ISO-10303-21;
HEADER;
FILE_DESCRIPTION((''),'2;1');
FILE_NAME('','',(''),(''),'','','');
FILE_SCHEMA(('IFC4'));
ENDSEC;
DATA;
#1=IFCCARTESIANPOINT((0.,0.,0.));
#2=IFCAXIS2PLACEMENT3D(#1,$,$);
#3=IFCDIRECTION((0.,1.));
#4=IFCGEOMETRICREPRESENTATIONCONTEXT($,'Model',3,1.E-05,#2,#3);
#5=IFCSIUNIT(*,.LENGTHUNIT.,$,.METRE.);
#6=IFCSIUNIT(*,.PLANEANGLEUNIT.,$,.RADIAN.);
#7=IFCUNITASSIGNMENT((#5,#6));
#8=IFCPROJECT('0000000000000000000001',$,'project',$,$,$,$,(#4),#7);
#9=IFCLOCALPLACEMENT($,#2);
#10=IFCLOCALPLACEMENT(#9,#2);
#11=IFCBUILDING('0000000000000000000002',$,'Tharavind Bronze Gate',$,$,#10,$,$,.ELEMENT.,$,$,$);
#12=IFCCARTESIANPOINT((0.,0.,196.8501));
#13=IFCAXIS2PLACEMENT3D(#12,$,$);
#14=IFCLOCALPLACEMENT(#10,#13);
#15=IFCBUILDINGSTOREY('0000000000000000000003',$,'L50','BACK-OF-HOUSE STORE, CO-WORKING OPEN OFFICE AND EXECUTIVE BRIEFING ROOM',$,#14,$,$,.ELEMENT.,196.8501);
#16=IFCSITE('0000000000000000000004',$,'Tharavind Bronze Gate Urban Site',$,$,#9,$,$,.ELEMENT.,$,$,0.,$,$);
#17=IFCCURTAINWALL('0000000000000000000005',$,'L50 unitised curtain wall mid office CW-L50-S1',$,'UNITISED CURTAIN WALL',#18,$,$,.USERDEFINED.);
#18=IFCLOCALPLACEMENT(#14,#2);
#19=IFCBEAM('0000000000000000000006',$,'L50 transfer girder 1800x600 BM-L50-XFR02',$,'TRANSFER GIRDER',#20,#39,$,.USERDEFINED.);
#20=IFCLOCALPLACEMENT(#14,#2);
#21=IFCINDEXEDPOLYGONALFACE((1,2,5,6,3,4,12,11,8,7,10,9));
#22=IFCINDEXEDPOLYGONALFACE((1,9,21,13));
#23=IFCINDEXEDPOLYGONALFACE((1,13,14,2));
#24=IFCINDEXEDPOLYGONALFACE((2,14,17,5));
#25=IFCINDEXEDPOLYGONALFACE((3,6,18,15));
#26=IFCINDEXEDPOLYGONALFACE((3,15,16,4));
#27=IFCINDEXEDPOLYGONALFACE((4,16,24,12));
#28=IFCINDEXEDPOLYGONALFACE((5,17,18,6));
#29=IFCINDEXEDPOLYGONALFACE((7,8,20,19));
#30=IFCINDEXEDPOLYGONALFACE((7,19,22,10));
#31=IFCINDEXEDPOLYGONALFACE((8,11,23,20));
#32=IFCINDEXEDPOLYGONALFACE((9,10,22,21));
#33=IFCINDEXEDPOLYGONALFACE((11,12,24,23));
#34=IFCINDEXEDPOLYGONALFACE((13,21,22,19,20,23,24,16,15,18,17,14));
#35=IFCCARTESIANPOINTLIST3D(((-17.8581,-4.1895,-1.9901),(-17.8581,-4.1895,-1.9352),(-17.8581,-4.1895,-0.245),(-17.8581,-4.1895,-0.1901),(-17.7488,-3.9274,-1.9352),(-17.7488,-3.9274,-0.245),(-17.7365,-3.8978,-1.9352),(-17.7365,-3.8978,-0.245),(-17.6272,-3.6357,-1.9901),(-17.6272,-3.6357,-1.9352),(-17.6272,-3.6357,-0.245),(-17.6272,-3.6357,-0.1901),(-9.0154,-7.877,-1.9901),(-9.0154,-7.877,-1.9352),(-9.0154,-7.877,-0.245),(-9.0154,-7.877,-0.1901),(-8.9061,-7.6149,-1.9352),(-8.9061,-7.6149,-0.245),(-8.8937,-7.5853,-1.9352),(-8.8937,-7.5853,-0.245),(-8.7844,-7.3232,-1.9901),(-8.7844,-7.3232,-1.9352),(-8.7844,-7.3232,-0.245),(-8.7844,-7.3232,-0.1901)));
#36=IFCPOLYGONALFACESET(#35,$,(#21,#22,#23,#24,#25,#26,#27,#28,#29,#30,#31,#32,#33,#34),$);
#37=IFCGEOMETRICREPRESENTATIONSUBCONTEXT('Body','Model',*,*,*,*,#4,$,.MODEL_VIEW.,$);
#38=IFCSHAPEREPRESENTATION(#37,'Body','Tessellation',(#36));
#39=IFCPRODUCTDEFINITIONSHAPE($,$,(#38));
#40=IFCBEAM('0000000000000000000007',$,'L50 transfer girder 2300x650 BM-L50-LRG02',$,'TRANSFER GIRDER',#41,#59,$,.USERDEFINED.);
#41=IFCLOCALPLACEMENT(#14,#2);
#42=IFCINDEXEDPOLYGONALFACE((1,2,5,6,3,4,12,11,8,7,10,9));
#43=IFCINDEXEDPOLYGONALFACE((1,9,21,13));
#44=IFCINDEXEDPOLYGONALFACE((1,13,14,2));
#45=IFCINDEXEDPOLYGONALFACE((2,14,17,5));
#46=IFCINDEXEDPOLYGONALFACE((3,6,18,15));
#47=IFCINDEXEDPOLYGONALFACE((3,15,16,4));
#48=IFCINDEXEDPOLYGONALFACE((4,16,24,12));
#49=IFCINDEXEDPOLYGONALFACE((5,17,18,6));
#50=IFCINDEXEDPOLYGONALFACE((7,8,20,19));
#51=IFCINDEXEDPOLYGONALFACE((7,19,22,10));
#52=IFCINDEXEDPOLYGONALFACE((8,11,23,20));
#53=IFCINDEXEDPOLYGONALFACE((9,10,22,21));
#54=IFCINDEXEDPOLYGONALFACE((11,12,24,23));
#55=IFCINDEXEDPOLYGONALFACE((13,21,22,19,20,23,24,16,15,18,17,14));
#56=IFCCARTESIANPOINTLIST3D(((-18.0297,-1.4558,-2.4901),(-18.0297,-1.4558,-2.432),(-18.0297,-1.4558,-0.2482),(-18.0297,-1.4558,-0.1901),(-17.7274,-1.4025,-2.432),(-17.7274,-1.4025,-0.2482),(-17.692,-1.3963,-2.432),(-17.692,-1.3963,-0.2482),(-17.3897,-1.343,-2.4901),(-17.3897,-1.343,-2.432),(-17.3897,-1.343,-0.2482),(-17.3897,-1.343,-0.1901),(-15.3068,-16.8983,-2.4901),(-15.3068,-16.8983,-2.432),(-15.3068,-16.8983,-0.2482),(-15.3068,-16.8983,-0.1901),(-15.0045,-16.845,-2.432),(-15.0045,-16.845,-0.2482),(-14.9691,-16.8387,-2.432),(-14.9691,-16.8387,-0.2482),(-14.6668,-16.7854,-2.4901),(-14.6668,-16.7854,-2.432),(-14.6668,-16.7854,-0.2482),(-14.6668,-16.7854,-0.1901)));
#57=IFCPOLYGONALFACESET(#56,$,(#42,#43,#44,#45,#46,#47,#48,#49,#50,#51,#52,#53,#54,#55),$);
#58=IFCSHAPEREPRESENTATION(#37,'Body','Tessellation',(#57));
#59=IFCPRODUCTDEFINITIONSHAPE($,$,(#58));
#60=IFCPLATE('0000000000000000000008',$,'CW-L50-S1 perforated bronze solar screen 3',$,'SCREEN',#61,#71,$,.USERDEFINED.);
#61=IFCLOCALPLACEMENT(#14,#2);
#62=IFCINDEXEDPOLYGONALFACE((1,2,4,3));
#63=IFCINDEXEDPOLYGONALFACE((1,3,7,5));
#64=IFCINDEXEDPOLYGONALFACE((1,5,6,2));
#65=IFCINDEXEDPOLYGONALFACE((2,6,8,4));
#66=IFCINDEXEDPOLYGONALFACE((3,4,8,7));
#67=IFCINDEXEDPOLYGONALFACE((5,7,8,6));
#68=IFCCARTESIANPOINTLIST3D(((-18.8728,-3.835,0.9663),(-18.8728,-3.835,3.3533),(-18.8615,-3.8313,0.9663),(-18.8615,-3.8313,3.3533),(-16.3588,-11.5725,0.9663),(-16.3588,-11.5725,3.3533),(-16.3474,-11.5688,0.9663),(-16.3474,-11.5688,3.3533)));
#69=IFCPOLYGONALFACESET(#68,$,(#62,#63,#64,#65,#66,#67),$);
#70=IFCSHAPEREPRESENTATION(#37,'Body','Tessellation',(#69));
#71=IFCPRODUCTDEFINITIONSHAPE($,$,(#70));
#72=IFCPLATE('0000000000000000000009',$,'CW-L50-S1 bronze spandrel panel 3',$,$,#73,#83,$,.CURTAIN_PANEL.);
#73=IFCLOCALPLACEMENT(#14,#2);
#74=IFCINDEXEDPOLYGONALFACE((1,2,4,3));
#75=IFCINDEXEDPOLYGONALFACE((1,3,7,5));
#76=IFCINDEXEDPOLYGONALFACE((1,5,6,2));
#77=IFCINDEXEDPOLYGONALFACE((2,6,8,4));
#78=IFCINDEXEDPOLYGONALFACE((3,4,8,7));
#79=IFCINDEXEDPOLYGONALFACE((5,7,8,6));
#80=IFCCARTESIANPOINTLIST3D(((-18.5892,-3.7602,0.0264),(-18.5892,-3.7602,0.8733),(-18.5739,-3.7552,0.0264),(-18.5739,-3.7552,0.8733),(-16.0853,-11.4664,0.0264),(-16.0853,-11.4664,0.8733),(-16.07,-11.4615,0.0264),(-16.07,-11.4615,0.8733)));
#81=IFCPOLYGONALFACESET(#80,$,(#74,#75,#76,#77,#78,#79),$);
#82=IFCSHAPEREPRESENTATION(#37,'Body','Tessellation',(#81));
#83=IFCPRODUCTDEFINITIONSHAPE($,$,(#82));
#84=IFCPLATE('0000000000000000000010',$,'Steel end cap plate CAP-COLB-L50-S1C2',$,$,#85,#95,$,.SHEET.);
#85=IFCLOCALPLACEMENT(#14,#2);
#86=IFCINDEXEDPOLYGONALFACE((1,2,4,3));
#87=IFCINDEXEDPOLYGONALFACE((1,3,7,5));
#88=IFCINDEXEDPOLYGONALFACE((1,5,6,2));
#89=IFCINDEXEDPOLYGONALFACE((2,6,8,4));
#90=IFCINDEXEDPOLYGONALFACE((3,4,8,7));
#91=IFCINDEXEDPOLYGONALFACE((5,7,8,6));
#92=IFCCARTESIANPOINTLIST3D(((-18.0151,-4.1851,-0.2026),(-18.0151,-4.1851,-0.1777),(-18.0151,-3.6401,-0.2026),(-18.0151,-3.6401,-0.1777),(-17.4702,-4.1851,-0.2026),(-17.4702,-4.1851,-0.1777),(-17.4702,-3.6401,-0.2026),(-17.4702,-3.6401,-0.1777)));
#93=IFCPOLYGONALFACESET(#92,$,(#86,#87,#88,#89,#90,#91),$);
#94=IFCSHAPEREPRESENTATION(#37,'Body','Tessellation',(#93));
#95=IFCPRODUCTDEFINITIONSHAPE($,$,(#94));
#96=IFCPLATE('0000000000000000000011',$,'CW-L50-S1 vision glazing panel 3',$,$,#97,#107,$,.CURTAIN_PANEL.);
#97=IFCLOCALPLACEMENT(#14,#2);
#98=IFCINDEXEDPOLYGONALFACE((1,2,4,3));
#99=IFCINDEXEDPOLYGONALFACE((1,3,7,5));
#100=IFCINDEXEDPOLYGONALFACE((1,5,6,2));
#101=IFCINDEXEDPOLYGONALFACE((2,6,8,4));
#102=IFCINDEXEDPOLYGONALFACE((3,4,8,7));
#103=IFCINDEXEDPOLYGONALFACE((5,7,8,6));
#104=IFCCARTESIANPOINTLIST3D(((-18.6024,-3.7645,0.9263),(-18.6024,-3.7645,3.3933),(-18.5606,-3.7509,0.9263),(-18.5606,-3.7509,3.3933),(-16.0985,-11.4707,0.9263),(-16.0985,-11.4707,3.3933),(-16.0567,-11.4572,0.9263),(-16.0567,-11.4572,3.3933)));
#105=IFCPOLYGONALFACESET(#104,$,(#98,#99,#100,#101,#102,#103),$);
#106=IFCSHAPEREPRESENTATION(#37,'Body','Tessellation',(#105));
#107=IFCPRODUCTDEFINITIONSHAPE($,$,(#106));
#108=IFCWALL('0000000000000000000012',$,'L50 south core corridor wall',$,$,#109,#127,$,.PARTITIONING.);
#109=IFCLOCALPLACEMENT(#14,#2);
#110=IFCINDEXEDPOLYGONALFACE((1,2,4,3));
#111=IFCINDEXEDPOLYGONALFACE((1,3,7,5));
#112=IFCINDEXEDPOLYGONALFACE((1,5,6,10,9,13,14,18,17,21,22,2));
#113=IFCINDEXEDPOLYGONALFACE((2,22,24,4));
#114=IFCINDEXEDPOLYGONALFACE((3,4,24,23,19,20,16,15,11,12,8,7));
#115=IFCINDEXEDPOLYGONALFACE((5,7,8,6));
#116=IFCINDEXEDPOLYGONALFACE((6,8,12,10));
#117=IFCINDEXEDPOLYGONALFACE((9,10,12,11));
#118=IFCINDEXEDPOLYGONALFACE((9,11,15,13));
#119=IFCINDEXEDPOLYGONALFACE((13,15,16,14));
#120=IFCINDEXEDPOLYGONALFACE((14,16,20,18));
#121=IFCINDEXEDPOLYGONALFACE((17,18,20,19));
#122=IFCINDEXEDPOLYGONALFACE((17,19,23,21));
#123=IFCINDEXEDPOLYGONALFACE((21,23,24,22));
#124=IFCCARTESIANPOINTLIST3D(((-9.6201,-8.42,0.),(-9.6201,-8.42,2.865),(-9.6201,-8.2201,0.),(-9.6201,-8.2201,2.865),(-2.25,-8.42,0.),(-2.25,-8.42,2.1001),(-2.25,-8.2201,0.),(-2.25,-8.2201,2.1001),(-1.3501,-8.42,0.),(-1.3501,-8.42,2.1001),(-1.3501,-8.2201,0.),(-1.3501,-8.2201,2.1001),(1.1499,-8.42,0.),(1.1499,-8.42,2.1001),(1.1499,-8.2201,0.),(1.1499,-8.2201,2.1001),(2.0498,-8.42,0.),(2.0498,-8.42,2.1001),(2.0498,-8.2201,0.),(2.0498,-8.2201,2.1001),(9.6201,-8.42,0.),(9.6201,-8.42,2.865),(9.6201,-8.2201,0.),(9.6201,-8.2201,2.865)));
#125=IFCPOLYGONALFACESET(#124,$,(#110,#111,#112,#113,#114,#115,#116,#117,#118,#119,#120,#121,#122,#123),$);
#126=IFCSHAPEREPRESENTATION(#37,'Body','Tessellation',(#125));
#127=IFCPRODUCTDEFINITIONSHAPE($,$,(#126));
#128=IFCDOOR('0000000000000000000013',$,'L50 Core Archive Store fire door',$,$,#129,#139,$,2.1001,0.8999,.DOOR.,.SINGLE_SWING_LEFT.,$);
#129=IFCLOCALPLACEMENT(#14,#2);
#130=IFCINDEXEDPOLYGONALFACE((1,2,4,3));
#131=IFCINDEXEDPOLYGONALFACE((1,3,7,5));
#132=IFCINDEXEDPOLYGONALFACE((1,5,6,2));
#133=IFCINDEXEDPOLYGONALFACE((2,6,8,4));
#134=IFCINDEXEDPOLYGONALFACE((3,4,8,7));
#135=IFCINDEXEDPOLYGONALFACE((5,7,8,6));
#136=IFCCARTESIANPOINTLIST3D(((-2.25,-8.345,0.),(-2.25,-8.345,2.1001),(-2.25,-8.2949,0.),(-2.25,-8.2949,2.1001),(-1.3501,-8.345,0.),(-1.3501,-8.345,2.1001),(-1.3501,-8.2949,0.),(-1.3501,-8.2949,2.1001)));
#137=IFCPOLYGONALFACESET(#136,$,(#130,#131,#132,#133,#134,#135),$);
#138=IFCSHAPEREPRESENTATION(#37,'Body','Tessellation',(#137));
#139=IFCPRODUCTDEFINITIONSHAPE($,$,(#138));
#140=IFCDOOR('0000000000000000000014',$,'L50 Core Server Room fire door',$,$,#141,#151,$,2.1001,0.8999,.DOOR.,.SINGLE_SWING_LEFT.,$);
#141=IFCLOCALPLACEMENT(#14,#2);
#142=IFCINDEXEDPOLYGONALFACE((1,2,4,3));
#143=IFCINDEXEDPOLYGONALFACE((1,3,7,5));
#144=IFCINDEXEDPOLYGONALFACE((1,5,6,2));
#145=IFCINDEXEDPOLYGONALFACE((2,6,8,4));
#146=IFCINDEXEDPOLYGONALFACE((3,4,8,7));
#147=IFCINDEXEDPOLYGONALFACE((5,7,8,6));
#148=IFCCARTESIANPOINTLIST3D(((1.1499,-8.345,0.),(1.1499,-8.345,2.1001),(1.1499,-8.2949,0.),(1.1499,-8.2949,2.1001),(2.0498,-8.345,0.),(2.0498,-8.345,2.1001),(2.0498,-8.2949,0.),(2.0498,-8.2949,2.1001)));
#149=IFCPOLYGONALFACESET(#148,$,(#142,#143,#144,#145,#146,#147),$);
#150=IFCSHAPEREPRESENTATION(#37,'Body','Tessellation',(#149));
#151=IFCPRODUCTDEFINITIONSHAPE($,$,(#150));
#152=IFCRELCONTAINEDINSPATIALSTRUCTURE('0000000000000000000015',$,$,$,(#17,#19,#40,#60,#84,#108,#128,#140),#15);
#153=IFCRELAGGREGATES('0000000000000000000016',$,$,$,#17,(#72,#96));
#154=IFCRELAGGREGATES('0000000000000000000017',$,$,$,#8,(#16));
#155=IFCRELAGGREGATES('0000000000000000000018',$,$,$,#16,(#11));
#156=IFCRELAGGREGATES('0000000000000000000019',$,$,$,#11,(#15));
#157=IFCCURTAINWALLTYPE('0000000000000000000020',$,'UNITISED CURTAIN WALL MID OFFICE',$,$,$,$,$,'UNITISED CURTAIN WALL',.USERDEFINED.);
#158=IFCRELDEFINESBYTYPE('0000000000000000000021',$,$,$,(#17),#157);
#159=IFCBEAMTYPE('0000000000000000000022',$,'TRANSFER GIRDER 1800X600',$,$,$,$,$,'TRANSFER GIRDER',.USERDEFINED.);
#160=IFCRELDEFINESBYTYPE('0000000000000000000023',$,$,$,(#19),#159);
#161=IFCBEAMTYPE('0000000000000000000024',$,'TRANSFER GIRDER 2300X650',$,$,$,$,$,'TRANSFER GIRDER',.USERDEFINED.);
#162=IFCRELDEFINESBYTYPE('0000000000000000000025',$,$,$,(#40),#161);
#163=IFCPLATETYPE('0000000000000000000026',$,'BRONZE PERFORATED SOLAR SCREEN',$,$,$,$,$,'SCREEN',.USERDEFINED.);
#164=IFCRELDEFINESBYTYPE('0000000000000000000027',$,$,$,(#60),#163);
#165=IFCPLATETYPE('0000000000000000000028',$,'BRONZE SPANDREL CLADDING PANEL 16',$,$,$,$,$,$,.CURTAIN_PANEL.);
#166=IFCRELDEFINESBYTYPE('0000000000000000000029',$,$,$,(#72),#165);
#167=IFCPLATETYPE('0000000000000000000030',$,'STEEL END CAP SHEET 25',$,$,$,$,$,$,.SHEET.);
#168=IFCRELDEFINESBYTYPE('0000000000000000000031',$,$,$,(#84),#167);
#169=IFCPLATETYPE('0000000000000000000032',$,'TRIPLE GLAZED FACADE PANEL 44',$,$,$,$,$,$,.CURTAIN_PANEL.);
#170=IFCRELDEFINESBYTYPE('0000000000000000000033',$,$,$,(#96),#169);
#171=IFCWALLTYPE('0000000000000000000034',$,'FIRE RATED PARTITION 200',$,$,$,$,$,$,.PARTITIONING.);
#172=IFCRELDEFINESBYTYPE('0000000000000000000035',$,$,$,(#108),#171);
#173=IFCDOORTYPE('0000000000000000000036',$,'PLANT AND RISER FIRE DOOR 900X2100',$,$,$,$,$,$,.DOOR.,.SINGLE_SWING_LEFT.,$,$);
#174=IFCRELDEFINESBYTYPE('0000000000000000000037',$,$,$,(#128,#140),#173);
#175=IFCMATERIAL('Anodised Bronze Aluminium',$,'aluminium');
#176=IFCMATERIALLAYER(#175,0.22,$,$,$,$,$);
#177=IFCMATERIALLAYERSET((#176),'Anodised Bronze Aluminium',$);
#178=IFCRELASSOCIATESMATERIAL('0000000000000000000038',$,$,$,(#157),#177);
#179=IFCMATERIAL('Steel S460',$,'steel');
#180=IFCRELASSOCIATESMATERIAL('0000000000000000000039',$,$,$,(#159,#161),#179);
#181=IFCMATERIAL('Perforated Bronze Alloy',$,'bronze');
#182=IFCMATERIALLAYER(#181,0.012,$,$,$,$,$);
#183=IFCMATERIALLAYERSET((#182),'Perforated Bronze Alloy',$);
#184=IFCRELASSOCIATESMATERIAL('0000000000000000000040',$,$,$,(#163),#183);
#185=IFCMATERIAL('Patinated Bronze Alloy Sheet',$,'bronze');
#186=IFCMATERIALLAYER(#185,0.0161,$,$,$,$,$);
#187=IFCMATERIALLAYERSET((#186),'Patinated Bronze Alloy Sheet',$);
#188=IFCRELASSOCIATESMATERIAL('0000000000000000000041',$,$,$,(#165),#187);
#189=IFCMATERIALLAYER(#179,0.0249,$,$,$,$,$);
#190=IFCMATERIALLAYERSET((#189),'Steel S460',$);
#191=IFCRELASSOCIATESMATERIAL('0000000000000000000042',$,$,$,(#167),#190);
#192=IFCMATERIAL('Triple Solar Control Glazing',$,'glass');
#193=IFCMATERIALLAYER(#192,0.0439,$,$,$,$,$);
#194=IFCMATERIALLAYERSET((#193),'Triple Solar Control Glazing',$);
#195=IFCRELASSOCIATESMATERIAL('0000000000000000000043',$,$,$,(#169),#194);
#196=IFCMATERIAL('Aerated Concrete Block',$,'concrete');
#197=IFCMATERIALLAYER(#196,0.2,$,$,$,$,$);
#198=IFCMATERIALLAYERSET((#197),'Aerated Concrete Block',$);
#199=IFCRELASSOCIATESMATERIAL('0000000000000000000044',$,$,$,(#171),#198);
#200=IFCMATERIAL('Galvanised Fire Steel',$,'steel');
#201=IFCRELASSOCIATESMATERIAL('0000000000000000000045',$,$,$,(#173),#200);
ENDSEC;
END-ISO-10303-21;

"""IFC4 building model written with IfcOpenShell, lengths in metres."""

from ifc_helpers import new_model, si_unit, direction, frame, frame_2d, origin, origin_2d, place, context, subcontext, project, spatial, rectangle, i_section, extrude, material, layer, layer_set, material_profile, profile_set, type_object, element, fill, aggregate, save


model = new_model("IFC4")

# Units and contexts
model_context = context("Model", 3, precision=1e-05, world=origin(), true_north=direction((0.0, 1.0)))
body_context = subcontext(model_context, "Body", "Model", "MODEL_VIEW")
ifc_project = project(units=[si_unit("LENGTHUNIT", "METRE"), si_unit("PLANEANGLEUNIT", "RADIAN")], contexts=[model_context])

# Site, building, storey
site_placement = place(None, origin())
site = spatial("IfcSite", under=ifc_project, at=site_placement, Name="Tharavind Bronze Gate Urban Site", CompositionType="ELEMENT", RefElevation=0.0)
building_placement = place(site_placement, origin())
building = spatial("IfcBuilding", under=site, at=building_placement, Name="Tharavind Bronze Gate", CompositionType="ELEMENT")
storey_placement = place(building_placement, frame((0.0, 0.0, 196.8501)))
storey = spatial("IfcBuildingStorey", under=building, at=storey_placement, Name="L50", Description="BACK-OF-HOUSE STORE, CO-WORKING OPEN OFFICE AND EXECUTIVE BRIEFING ROOM", CompositionType="ELEMENT", Elevation=196.8501)

# Shared definitions
ifc_material_1 = material(Name="Steel S460", Category="steel")

# Curtain wall
ifc_material_2 = material(Name="Anodised Bronze Aluminium", Category="aluminium")
ifc_layer_1 = layer(ifc_material_2, 0.22)
ifc_layer_set_1 = layer_set([ifc_layer_1], Name="Anodised Bronze Aluminium")
curtain_wall_type = type_object("IfcCurtainWallType", Name="UNITISED CURTAIN WALL MID OFFICE", ElementType="UNITISED CURTAIN WALL", PredefinedType="USERDEFINED", material=ifc_layer_set_1)
curtain_wall_placement = place(storey_placement, origin())
curtain_wall = element("IfcCurtainWall", 1, at=curtain_wall_placement, inside=storey, type_object=curtain_wall_type, Name="L50 unitised curtain wall mid office CW-L50-S1", ObjectType="UNITISED CURTAIN WALL", PredefinedType="USERDEFINED")

# Beams
ifc_material_profile_1 = material_profile(ifc_material_1, i_section(OverallWidth=0.6001, OverallDepth=1.8, WebThickness=0.032, FlangeThickness=0.0549, at=origin_2d()), Name="PG1800X600")
ifc_profile_set_1 = profile_set([ifc_material_profile_1], Name="Steel S460")
beam_type_1 = type_object("IfcBeamType", Name="TRANSFER GIRDER 1800X600", ElementType="TRANSFER GIRDER", PredefinedType="USERDEFINED", material=ifc_profile_set_1)
beam_1_placement = place(storey_placement, frame((-8.8999, -7.6001, -1.0901), z_axis=(-0.922965, 0.384883, 0.0), x_axis=(-0.384883, -0.922965, 0.0)))
element("IfcBeam", 2, at=beam_1_placement, inside=storey, type_object=beam_type_1, Name="L50 transfer girder 1800x600 BM-L50-XFR02", ObjectType="TRANSFER GIRDER", PredefinedType="USERDEFINED", context=body_context, shape_type="SweptSolid", body=[
    extrude(i_section(OverallWidth=0.6001, OverallDepth=1.8, WebThickness=0.032, FlangeThickness=0.0549, at=origin_2d()), origin(), (0.0, 0.0, 1.0), 9.5808),
])
ifc_material_profile_2 = material_profile(ifc_material_1, i_section(OverallWidth=0.6499, OverallDepth=2.3, WebThickness=0.0359, FlangeThickness=0.0581, at=origin_2d()), Name="PG2300X650")
ifc_profile_set_2 = profile_set([ifc_material_profile_2], Name="Steel S460")
beam_type_2 = type_object("IfcBeamType", Name="TRANSFER GIRDER 2300X650", ElementType="TRANSFER GIRDER", PredefinedType="USERDEFINED", material=ifc_profile_set_2)
beam_2_placement = place(storey_placement, frame((-17.7097, -1.3994, -1.3401), z_axis=(0.173648, -0.984808, 0.0), x_axis=(0.984808, 0.173648, 0.0)))
element("IfcBeam", 3, at=beam_2_placement, inside=storey, type_object=beam_type_2, Name="L50 transfer girder 2300x650 BM-L50-LRG02", ObjectType="TRANSFER GIRDER", PredefinedType="USERDEFINED", context=body_context, shape_type="SweptSolid", body=[
    extrude(i_section(OverallWidth=0.6499, OverallDepth=2.3, WebThickness=0.0359, FlangeThickness=0.0581, at=origin_2d()), origin(), (0.0, 0.0, 1.0), 15.6807),
])

# Plates
ifc_material_3 = material(Name="Perforated Bronze Alloy", Category="bronze")
ifc_layer_2 = layer(ifc_material_3, 0.012)
ifc_layer_set_2 = layer_set([ifc_layer_2], Name="Perforated Bronze Alloy")
plate_type_1 = type_object("IfcPlateType", Name="BRONZE PERFORATED SOLAR SCREEN", ElementType="SCREEN", PredefinedType="USERDEFINED", material=ifc_layer_set_2)
plate_1_placement = place(storey_placement, frame((-17.6101, -7.7019, 0.9663), z_axis=(0.0, 0.0, 1.0), x_axis=(0.309017, -0.951057, 0.0)))
element("IfcPlate", 4, at=plate_1_placement, inside=storey, type_object=plate_type_1, Name="CW-L50-S1 perforated bronze solar screen 3", ObjectType="SCREEN", PredefinedType="USERDEFINED", context=body_context, shape_type="SweptSolid", body=[
    extrude(rectangle(XDim=8.1357, YDim=0.012, at=origin_2d()), origin(), (0.0, 0.0, 1.0), 2.387),
])
ifc_material_4 = material(Name="Patinated Bronze Alloy Sheet", Category="bronze")
ifc_layer_3 = layer(ifc_material_4, 0.0161)
ifc_layer_set_3 = layer_set([ifc_layer_3], Name="Patinated Bronze Alloy Sheet")
plate_type_2 = type_object("IfcPlateType", Name="BRONZE SPANDREL CLADDING PANEL 16", PredefinedType="CURTAIN_PANEL", material=ifc_layer_set_3)
plate_2_placement = place(storey_placement, frame((-17.3296, -7.6108, 0.0264), z_axis=(0.0, 0.0, 1.0), x_axis=(0.309017, -0.951057, 0.0)))
plate_2 = element("IfcPlate", 5, at=plate_2_placement, type_object=plate_type_2, Name="CW-L50-S1 bronze spandrel panel 3", PredefinedType="CURTAIN_PANEL", context=body_context, shape_type="SweptSolid", body=[
    extrude(rectangle(XDim=8.1028, YDim=0.0161, at=origin_2d()), origin(), (0.0, 0.0, 1.0), 0.8469),
])
ifc_layer_4 = layer(ifc_material_1, 0.0249)
ifc_layer_set_4 = layer_set([ifc_layer_4], Name="Steel S460")
plate_type_3 = type_object("IfcPlateType", Name="STEEL END CAP SHEET 25", PredefinedType="SHEET", material=ifc_layer_set_4)
plate_3_placement = place(storey_placement, frame((-17.7427, -3.9126, -0.2026), z_axis=(0.0, 0.0, 1.0), x_axis=(1.0, 0.0, 0.0)))
element("IfcPlate", 6, at=plate_3_placement, inside=storey, type_object=plate_type_3, Name="Steel end cap plate CAP-COLB-L50-S1C2", PredefinedType="SHEET", context=body_context, shape_type="SweptSolid", body=[
    extrude(rectangle(XDim=0.5449, YDim=0.5449, at=origin_2d()), origin(), (0.0, 0.0, 1.0), 0.0249),
])
ifc_material_5 = material(Name="Triple Solar Control Glazing", Category="glass")
ifc_layer_5 = layer(ifc_material_5, 0.0439)
ifc_layer_set_5 = layer_set([ifc_layer_5], Name="Triple Solar Control Glazing")
plate_type_4 = type_object("IfcPlateType", Name="TRIPLE GLAZED FACADE PANEL 44", PredefinedType="CURTAIN_PANEL", material=ifc_layer_set_5)
plate_4_placement = place(storey_placement, frame((-17.3296, -7.6108, 0.9263), z_axis=(0.0, 0.0, 1.0), x_axis=(0.309017, -0.951057, 0.0)))
plate_4 = element("IfcPlate", 7, at=plate_4_placement, type_object=plate_type_4, Name="CW-L50-S1 vision glazing panel 3", PredefinedType="CURTAIN_PANEL", context=body_context, shape_type="SweptSolid", body=[
    extrude(rectangle(XDim=8.1028, YDim=0.0439, at=origin_2d()), origin(), (0.0, 0.0, 1.0), 2.467),
])
aggregate(curtain_wall, [plate_2, plate_4])

# Wall, openings, doors
ifc_material_6 = material(Name="Aerated Concrete Block", Category="concrete")
ifc_layer_6 = layer(ifc_material_6, 0.2)
ifc_layer_set_6 = layer_set([ifc_layer_6], Name="Aerated Concrete Block")
wall_type = type_object("IfcWallType", Name="FIRE RATED PARTITION 200", PredefinedType="PARTITIONING", material=ifc_layer_set_6)
wall_1_placement = place(storey_placement, frame((-9.6201, -8.3201, 0.0), z_axis=(0.0, 0.0, 1.0), x_axis=(1.0, 0.0, 0.0)))
wall_1 = element("IfcWall", 8, at=wall_1_placement, inside=storey, type_object=wall_type, Name="L50 south core corridor wall", PredefinedType="PARTITIONING", context=body_context, shape_type="SweptSolid", body=[
    extrude(rectangle(XDim=19.2402, YDim=0.2, at=frame_2d((9.6201, 0.0))), origin(), (0.0, 0.0, 1.0), 2.865),
])
opening_1_placement = place(wall_1_placement, frame((7.3701, 0.0, 0.0)))
opening_1 = element("IfcOpeningElement", 9, at=opening_1_placement, cuts=wall_1, PredefinedType="OPENING", context=body_context, shape_type="SweptSolid", body=[
    extrude(rectangle(XDim=0.8999, YDim=2.1001, at=frame_2d((0.45, 1.05))), frame((0.0, 0.1101, 0.0), z_axis=(0.0, -1.0, 0.0), x_axis=(1.0, 0.0, 0.0)), (0.0, 0.0, 1.0), 0.22),
])
opening_2_placement = place(wall_1_placement, frame((10.77, 0.0, 0.0)))
opening_2 = element("IfcOpeningElement", 10, at=opening_2_placement, cuts=wall_1, PredefinedType="OPENING", context=body_context, shape_type="SweptSolid", body=[
    extrude(rectangle(XDim=0.8999, YDim=2.1001, at=frame_2d((0.45, 1.05))), frame((0.0, 0.1101, 0.0), z_axis=(0.0, -1.0, 0.0), x_axis=(1.0, 0.0, 0.0)), (0.0, 0.0, 1.0), 0.22),
])
ifc_material_7 = material(Name="Galvanised Fire Steel", Category="steel")
door_type_1 = type_object("IfcDoorType", Name="PLANT AND RISER FIRE DOOR 900X2100", OperationType="SINGLE_SWING_LEFT", PredefinedType="DOOR", material=ifc_material_7)
door_1_placement = place(opening_1_placement, frame((0.8999, 0.0, 0.0), z_axis=(0.0, 0.0, 1.0), x_axis=(-1.0, 0.0, 0.0)))
door_1 = element("IfcDoor", 11, at=door_1_placement, inside=storey, type_object=door_type_1, Name="L50 Core Archive Store fire door", OperationType="SINGLE_SWING_LEFT", OverallHeight=2.1001, OverallWidth=0.8999, PredefinedType="DOOR", context=body_context, shape_type="SweptSolid", body=[
    extrude(rectangle(XDim=0.8999, YDim=2.1001, at=frame_2d((0.45, 1.05))), frame((0.0, 0.0249, 0.0), z_axis=(0.0, -1.0, 0.0), x_axis=(1.0, 0.0, 0.0)), (0.0, 0.0, 1.0), 0.05),
])
fill(opening_1, door_1)
door_2_placement = place(opening_2_placement, frame((0.8999, 0.0, 0.0), z_axis=(0.0, 0.0, 1.0), x_axis=(-1.0, 0.0, 0.0)))
door_2 = element("IfcDoor", 12, at=door_2_placement, inside=storey, type_object=door_type_1, Name="L50 Core Server Room fire door", OperationType="SINGLE_SWING_LEFT", OverallHeight=2.1001, OverallWidth=0.8999, PredefinedType="DOOR", context=body_context, shape_type="SweptSolid", body=[
    extrude(rectangle(XDim=0.8999, YDim=2.1001, at=frame_2d((0.45, 1.05))), frame((0.0, 0.0249, 0.0), z_axis=(0.0, -1.0, 0.0), x_axis=(1.0, 0.0, 0.0)), (0.0, 0.0, 1.0), 0.05),
])
fill(opening_2, door_2)

save(model, "model.ifc")
